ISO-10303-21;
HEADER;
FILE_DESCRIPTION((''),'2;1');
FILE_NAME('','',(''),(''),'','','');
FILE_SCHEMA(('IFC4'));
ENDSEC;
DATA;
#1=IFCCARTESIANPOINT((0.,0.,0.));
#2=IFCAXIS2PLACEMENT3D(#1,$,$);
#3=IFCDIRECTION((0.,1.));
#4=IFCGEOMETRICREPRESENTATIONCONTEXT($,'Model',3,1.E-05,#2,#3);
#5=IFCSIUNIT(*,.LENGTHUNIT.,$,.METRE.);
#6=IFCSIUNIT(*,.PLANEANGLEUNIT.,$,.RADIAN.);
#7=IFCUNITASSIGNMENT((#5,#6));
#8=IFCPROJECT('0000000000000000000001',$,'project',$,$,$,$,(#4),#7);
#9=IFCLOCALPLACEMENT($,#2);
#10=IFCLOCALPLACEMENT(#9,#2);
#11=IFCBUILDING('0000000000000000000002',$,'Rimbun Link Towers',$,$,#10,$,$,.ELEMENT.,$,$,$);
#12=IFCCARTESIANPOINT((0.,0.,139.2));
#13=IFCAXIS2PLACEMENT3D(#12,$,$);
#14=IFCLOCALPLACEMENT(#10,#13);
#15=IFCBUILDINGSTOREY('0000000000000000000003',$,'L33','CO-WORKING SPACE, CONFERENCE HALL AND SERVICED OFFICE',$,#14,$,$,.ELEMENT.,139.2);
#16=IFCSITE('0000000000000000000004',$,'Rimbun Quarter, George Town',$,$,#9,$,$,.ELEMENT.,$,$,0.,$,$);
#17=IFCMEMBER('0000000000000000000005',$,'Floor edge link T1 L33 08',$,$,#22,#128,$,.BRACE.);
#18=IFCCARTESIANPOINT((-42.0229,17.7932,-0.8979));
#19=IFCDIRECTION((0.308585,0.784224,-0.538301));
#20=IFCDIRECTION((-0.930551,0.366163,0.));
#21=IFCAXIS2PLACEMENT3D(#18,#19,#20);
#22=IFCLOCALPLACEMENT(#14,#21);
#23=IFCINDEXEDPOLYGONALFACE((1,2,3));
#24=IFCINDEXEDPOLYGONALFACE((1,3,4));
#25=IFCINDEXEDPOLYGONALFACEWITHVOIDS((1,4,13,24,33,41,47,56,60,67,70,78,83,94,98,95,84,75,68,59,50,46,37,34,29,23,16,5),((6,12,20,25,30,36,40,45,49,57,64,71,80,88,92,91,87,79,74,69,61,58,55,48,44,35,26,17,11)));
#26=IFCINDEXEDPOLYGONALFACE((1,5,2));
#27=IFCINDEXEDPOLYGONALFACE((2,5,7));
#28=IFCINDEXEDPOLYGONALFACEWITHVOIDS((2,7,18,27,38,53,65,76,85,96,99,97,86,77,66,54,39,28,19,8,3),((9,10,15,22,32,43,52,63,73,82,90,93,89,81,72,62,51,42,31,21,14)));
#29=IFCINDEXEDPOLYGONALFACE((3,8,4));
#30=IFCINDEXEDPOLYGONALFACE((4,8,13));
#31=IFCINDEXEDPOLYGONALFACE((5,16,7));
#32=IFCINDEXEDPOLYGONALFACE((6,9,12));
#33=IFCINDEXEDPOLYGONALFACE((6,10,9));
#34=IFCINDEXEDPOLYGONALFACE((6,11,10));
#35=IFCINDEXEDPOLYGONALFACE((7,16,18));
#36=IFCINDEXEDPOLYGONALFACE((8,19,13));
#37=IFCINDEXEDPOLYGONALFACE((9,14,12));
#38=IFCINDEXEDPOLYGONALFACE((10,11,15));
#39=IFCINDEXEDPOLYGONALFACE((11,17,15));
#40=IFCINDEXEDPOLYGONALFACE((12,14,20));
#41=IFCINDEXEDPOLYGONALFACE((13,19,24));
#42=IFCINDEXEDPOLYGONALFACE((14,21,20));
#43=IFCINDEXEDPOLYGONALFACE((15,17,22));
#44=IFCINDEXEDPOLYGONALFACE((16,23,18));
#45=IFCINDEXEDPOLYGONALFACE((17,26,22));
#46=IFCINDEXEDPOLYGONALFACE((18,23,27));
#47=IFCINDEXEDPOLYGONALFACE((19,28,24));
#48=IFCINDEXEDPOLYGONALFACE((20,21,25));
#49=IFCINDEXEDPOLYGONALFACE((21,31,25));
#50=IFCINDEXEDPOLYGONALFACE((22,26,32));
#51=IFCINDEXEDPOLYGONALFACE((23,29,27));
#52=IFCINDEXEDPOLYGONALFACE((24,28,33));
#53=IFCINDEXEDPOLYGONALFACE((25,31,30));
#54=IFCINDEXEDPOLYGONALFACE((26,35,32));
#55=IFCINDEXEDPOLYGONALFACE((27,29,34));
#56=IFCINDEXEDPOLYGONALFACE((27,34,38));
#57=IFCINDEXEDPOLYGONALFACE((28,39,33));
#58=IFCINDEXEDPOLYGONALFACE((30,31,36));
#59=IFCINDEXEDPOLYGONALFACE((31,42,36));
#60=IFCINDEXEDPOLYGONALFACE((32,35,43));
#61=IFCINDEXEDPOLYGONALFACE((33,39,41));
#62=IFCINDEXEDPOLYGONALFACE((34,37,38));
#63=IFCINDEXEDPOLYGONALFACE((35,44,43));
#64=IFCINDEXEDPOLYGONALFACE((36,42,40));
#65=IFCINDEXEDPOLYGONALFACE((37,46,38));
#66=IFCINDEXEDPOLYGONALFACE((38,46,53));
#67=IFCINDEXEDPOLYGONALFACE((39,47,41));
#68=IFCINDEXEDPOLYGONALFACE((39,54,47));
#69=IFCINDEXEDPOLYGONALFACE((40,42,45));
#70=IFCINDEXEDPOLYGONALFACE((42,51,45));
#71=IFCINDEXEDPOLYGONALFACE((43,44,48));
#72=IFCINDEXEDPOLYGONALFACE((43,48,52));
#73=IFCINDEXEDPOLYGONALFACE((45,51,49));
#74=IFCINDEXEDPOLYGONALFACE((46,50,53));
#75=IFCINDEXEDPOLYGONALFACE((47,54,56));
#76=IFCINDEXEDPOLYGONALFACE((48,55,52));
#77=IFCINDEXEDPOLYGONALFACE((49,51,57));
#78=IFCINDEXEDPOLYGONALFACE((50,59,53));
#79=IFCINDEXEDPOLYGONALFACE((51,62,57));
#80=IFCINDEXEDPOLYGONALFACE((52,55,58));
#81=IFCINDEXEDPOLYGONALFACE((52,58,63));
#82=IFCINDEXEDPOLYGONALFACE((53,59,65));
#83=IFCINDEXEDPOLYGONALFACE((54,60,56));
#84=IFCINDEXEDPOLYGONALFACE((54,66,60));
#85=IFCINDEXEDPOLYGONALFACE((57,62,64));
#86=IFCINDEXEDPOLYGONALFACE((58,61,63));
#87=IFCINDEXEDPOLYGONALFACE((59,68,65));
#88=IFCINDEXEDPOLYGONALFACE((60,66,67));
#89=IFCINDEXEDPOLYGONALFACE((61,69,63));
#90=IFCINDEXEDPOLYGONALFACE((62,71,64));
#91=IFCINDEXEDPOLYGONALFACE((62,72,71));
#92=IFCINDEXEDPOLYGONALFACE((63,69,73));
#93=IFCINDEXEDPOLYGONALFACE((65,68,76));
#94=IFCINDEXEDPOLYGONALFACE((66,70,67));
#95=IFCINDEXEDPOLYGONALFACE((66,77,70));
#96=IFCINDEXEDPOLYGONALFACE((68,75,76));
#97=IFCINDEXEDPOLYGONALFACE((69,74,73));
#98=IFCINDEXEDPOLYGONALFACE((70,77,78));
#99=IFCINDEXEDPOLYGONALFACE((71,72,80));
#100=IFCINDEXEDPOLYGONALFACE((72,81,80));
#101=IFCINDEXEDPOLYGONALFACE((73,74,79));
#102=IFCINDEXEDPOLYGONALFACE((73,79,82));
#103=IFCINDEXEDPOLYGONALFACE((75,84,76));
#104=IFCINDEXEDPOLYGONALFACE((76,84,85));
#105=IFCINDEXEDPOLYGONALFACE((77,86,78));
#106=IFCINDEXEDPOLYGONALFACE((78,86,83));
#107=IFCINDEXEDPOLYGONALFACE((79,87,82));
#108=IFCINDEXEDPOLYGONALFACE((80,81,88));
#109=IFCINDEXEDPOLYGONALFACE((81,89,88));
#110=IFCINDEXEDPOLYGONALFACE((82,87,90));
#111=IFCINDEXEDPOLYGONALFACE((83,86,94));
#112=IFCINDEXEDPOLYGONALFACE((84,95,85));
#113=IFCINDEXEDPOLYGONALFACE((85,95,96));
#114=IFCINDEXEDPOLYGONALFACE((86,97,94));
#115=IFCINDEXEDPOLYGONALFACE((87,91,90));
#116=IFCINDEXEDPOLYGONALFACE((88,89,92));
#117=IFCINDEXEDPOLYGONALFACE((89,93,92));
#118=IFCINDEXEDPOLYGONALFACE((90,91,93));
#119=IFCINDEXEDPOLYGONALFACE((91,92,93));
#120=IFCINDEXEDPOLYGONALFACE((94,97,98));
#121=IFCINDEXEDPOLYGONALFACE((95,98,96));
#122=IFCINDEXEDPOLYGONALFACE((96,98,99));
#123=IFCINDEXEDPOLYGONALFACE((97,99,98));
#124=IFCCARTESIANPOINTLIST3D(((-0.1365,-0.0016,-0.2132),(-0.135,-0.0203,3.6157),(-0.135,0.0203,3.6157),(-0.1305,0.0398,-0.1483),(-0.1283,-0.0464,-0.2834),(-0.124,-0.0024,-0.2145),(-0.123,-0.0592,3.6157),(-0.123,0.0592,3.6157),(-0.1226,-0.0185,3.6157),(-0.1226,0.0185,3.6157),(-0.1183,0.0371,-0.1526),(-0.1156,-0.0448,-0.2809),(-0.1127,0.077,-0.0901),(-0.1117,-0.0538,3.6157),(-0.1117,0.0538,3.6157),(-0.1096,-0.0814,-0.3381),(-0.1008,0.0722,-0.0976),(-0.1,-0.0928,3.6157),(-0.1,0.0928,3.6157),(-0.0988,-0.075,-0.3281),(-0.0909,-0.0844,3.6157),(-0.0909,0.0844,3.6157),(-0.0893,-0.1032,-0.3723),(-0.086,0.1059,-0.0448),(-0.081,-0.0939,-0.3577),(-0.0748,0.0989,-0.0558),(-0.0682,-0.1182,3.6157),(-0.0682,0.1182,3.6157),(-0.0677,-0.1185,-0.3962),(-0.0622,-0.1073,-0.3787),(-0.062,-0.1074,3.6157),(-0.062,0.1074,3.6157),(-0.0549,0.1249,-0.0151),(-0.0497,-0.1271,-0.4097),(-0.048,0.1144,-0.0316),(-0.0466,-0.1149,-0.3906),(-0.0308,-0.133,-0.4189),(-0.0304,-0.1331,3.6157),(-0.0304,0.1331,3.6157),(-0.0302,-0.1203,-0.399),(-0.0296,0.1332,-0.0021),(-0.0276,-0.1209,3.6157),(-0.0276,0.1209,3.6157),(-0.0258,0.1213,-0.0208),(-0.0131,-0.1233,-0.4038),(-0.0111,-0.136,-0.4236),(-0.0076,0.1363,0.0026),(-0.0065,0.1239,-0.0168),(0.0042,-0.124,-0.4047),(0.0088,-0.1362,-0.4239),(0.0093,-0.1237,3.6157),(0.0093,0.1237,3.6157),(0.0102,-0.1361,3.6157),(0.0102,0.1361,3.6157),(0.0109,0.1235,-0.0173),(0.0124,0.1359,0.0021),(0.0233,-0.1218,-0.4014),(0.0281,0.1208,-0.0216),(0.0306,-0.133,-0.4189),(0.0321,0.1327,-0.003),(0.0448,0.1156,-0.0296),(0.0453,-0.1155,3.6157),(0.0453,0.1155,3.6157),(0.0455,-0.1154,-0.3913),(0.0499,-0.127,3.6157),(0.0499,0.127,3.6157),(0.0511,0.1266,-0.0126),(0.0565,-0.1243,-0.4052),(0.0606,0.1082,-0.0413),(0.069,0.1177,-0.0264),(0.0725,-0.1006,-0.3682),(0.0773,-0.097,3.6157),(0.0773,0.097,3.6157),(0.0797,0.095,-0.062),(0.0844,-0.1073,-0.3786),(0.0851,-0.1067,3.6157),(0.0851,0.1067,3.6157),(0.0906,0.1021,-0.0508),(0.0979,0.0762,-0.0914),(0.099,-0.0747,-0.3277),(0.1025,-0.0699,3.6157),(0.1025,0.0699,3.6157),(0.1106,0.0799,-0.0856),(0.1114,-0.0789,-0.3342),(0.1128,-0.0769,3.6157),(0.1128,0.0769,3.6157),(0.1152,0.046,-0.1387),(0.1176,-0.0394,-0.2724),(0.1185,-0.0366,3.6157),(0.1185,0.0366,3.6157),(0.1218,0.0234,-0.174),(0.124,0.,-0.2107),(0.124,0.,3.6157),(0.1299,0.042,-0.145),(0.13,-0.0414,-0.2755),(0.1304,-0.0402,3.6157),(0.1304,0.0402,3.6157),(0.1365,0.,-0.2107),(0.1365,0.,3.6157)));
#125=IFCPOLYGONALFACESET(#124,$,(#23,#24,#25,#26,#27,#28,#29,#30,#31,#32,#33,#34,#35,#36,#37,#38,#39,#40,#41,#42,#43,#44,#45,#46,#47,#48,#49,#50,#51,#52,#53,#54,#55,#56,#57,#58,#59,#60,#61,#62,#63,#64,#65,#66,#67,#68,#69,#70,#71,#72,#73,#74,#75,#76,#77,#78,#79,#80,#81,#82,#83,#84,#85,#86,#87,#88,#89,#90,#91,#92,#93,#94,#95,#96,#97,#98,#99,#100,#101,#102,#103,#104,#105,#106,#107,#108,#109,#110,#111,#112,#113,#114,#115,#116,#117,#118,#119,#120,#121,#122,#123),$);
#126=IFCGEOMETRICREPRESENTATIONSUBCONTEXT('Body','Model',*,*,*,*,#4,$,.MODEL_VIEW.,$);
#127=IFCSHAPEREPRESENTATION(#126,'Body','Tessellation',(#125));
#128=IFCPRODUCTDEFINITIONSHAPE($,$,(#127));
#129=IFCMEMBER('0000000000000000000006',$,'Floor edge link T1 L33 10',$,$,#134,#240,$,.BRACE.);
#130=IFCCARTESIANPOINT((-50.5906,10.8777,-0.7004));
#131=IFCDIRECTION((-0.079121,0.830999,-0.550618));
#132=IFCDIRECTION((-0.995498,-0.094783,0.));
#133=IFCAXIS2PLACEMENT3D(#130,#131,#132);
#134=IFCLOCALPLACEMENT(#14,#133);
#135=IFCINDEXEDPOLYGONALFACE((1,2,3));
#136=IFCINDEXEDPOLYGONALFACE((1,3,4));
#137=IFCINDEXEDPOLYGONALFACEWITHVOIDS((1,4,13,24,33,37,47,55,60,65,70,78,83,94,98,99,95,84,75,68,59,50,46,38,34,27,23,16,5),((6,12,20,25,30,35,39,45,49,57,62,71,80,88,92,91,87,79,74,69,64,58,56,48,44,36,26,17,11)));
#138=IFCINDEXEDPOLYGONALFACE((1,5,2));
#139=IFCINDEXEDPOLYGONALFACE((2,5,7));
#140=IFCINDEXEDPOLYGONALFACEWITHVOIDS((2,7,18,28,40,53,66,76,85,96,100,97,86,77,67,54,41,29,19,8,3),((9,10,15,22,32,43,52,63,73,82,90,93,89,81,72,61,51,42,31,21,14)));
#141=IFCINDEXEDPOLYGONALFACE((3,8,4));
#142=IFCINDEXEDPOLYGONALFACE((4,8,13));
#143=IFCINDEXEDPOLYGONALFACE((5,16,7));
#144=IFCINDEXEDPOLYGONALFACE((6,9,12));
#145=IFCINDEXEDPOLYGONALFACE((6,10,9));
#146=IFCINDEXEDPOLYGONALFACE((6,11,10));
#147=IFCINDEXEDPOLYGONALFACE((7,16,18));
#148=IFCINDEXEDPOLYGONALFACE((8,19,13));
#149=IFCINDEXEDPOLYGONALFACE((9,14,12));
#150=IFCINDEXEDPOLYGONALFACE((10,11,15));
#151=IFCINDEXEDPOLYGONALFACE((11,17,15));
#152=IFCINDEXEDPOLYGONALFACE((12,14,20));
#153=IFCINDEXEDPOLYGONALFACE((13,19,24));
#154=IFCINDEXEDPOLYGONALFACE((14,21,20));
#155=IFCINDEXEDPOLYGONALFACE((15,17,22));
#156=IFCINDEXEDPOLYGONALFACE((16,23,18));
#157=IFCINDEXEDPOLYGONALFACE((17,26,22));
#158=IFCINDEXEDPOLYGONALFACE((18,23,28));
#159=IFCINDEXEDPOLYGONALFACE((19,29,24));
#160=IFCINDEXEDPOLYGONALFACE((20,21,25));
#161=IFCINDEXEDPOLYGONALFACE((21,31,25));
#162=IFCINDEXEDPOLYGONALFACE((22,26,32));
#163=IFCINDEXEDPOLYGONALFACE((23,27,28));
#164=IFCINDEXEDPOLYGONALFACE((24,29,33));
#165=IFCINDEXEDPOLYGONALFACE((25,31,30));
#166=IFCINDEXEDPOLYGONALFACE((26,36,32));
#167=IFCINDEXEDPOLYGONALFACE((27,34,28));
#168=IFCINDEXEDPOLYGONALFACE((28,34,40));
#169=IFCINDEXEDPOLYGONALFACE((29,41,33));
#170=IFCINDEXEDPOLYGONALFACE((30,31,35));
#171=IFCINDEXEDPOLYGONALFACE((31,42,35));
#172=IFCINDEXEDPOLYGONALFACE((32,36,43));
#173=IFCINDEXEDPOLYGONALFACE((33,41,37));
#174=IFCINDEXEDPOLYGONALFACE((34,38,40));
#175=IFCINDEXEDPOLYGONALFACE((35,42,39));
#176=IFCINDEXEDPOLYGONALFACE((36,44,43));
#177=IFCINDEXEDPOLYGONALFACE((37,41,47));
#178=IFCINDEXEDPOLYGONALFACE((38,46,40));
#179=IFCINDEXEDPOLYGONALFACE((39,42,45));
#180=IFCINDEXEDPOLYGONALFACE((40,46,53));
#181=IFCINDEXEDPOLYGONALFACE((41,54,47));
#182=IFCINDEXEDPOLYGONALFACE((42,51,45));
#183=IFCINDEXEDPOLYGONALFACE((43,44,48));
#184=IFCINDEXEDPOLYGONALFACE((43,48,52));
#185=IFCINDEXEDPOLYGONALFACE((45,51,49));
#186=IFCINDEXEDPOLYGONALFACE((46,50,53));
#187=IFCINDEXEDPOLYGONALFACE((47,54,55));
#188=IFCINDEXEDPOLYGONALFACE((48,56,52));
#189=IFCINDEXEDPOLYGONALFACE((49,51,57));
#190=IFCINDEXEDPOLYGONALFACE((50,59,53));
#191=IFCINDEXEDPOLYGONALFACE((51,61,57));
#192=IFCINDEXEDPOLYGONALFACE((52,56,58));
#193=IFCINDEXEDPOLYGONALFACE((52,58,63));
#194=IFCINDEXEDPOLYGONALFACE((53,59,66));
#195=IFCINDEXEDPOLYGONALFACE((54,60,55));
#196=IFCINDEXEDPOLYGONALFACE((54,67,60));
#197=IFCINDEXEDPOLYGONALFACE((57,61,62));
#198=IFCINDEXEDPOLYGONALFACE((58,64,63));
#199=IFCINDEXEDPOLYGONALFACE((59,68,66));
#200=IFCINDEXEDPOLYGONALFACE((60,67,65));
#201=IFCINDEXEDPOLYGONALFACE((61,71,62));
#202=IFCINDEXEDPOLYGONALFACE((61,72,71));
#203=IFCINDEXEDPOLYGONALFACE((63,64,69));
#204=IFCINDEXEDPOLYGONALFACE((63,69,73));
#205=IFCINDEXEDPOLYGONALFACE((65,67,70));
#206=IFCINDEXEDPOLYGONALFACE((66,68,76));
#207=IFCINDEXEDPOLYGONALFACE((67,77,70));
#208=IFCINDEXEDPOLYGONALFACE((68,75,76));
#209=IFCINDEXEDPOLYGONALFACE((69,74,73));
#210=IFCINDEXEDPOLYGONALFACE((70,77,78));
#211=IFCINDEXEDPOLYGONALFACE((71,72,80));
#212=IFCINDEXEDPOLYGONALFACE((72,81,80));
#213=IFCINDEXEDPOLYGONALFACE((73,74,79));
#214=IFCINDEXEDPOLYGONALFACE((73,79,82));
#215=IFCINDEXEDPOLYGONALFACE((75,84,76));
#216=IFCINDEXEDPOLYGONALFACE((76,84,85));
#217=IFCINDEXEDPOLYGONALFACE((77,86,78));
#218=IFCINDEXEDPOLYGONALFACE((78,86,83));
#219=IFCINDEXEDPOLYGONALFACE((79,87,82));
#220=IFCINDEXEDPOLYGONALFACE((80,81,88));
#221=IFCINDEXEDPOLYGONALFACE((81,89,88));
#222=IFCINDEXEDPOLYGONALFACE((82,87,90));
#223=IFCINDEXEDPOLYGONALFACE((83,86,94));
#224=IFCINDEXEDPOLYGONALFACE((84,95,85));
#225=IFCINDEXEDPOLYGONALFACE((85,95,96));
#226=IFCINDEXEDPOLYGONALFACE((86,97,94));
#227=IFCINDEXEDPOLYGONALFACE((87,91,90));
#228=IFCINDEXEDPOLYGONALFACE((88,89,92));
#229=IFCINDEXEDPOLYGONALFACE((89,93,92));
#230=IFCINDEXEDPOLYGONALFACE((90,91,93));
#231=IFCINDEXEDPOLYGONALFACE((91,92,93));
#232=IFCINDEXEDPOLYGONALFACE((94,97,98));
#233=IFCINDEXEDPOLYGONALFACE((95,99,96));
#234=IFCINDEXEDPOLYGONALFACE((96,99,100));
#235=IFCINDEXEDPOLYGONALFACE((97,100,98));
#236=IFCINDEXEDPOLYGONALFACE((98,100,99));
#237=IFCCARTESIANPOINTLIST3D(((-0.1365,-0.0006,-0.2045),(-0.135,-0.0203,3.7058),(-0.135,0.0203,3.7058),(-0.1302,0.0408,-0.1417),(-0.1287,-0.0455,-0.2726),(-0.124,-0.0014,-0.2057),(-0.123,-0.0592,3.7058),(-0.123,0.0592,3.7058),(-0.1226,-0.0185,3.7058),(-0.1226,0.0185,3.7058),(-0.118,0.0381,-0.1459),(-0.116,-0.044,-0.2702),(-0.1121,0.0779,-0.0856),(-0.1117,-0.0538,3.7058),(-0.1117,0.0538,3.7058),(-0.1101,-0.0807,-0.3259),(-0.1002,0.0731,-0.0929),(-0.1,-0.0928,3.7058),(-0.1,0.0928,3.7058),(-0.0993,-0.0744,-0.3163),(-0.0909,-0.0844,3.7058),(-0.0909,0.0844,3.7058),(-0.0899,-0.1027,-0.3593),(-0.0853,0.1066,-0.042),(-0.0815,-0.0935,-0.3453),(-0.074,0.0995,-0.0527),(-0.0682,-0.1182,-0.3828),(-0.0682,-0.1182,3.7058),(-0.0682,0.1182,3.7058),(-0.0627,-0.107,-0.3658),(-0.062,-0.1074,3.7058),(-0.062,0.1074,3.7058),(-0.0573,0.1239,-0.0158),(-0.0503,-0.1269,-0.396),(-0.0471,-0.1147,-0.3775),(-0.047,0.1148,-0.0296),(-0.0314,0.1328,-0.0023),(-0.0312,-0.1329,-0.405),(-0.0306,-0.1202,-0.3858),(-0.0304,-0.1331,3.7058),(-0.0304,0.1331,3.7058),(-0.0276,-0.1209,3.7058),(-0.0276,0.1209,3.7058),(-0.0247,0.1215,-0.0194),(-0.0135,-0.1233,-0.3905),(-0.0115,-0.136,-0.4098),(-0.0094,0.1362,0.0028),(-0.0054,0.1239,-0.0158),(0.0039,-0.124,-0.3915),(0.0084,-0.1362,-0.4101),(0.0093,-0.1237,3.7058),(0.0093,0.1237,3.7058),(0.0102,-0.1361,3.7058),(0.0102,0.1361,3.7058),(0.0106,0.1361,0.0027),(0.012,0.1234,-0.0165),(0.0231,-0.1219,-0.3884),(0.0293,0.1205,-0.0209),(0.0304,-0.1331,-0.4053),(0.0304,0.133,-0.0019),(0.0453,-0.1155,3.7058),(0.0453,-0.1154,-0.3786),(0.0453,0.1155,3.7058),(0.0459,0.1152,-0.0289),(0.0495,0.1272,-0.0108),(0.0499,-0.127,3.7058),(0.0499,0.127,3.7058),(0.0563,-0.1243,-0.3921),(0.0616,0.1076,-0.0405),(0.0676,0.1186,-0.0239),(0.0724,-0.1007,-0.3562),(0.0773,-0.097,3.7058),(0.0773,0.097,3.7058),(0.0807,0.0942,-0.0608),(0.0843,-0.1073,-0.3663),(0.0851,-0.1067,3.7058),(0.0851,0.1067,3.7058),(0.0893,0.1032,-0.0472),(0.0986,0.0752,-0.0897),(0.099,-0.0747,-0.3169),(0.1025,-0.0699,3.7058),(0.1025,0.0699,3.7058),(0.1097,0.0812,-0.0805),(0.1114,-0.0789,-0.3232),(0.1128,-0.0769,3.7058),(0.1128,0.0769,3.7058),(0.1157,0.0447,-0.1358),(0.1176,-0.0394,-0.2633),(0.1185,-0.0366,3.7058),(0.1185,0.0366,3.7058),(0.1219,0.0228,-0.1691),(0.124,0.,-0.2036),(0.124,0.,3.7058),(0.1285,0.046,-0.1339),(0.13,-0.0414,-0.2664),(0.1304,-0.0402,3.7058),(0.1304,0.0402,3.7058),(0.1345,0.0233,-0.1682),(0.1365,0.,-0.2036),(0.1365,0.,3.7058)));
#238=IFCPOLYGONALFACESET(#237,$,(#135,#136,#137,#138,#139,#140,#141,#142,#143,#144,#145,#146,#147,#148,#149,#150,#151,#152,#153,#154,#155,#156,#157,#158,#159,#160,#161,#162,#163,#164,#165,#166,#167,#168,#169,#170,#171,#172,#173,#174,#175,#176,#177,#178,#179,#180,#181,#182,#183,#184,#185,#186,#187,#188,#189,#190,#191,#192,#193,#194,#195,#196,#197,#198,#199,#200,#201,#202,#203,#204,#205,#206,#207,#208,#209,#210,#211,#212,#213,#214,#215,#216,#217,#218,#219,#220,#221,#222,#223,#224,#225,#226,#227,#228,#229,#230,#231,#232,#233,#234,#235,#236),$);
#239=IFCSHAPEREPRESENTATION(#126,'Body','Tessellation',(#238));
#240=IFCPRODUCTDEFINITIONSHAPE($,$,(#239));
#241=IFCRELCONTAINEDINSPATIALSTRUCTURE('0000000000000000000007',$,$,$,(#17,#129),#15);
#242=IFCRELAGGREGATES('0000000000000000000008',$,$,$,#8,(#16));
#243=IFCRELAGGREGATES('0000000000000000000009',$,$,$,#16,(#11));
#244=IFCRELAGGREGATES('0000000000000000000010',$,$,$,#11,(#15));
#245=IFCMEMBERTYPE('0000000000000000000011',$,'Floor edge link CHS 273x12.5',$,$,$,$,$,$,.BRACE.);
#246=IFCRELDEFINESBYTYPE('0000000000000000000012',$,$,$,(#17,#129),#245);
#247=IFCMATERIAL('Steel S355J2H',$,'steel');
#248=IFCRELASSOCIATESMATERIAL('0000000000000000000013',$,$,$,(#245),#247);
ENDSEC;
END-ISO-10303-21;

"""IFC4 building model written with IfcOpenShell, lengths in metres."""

from ifc_helpers import new_model, si_unit, direction, frame, origin, origin_2d, place, context, subcontext, project, spatial, hollow_circle, extrude, clip, halfspace, material, material_profile, profile_set, type_object, element, save


model = new_model("IFC4")

# Units and contexts
model_context = context("Model", 3, precision=1e-05, world=origin(), true_north=direction((0.0, 1.0)))
body_context = subcontext(model_context, "Body", "Model", "MODEL_VIEW")
ifc_project = project(units=[si_unit("LENGTHUNIT", "METRE"), si_unit("PLANEANGLEUNIT", "RADIAN")], contexts=[model_context])

# Site, building, storey
site_placement = place(None, origin())
site = spatial("IfcSite", under=ifc_project, at=site_placement, Name="Rimbun Quarter, George Town", CompositionType="ELEMENT", RefElevation=0.0)
building_placement = place(site_placement, origin())
building = spatial("IfcBuilding", under=site, at=building_placement, Name="Rimbun Link Towers", CompositionType="ELEMENT")
storey_placement = place(building_placement, frame((0.0, 0.0, 139.2)))
storey = spatial("IfcBuildingStorey", under=building, at=storey_placement, Name="L33", Description="CO-WORKING SPACE, CONFERENCE HALL AND SERVICED OFFICE", CompositionType="ELEMENT", Elevation=139.2)

# Members
ifc_material_1 = material(Name="Steel S355J2H", Category="steel")
ifc_material_profile_1 = material_profile(ifc_material_1, hollow_circle(Radius=0.1365, WallThickness=0.0125, at=origin_2d()), Name="CHS 273x12.5")
ifc_profile_set_1 = profile_set([ifc_material_profile_1], Name="Steel S355J2H")
member_type_1 = type_object("IfcMemberType", Name="Floor edge link CHS 273x12.5", PredefinedType="BRACE", material=ifc_profile_set_1)
member_1_placement = place(storey_placement, frame((-42.0229, 17.7932, -0.8979), z_axis=(0.308585, 0.784224, -0.538301), x_axis=(-0.930551, 0.366163, 0.0)))
element("IfcMember", 1, at=member_1_placement, inside=storey, type_object=member_type_1, Name="Floor edge link T1 L33 08", PredefinedType="BRACE", context=body_context, shape_type="Clipping", body=[
    clip(extrude(hollow_circle(Radius=0.1365, WallThickness=0.0125, at=origin_2d()), frame((0.0, 0.0, -0.4458)), (0.0, 0.0, 1.0), 4.0615), halfspace(frame((0.0, 0.0, -0.2107), z_axis=(0.0, 0.842752, -0.538301)), False)),
])
member_2_placement = place(storey_placement, frame((-50.5906, 10.8777, -0.7004), z_axis=(-0.079121, 0.830999, -0.550618), x_axis=(-0.995498, -0.094783, 0.0)))
element("IfcMember", 2, at=member_2_placement, inside=storey, type_object=member_type_1, Name="Floor edge link T1 L33 10", PredefinedType="BRACE", context=body_context, shape_type="Clipping", body=[
    clip(extrude(hollow_circle(Radius=0.1365, WallThickness=0.0125, at=origin_2d()), frame((0.0, 0.0, -0.4321)), (0.0, 0.0, 1.0), 4.1379), halfspace(frame((0.0, 0.0, -0.2036), z_axis=(0.0, 0.834757, -0.550618)), False)),
])

save(model, "model.ifc")
